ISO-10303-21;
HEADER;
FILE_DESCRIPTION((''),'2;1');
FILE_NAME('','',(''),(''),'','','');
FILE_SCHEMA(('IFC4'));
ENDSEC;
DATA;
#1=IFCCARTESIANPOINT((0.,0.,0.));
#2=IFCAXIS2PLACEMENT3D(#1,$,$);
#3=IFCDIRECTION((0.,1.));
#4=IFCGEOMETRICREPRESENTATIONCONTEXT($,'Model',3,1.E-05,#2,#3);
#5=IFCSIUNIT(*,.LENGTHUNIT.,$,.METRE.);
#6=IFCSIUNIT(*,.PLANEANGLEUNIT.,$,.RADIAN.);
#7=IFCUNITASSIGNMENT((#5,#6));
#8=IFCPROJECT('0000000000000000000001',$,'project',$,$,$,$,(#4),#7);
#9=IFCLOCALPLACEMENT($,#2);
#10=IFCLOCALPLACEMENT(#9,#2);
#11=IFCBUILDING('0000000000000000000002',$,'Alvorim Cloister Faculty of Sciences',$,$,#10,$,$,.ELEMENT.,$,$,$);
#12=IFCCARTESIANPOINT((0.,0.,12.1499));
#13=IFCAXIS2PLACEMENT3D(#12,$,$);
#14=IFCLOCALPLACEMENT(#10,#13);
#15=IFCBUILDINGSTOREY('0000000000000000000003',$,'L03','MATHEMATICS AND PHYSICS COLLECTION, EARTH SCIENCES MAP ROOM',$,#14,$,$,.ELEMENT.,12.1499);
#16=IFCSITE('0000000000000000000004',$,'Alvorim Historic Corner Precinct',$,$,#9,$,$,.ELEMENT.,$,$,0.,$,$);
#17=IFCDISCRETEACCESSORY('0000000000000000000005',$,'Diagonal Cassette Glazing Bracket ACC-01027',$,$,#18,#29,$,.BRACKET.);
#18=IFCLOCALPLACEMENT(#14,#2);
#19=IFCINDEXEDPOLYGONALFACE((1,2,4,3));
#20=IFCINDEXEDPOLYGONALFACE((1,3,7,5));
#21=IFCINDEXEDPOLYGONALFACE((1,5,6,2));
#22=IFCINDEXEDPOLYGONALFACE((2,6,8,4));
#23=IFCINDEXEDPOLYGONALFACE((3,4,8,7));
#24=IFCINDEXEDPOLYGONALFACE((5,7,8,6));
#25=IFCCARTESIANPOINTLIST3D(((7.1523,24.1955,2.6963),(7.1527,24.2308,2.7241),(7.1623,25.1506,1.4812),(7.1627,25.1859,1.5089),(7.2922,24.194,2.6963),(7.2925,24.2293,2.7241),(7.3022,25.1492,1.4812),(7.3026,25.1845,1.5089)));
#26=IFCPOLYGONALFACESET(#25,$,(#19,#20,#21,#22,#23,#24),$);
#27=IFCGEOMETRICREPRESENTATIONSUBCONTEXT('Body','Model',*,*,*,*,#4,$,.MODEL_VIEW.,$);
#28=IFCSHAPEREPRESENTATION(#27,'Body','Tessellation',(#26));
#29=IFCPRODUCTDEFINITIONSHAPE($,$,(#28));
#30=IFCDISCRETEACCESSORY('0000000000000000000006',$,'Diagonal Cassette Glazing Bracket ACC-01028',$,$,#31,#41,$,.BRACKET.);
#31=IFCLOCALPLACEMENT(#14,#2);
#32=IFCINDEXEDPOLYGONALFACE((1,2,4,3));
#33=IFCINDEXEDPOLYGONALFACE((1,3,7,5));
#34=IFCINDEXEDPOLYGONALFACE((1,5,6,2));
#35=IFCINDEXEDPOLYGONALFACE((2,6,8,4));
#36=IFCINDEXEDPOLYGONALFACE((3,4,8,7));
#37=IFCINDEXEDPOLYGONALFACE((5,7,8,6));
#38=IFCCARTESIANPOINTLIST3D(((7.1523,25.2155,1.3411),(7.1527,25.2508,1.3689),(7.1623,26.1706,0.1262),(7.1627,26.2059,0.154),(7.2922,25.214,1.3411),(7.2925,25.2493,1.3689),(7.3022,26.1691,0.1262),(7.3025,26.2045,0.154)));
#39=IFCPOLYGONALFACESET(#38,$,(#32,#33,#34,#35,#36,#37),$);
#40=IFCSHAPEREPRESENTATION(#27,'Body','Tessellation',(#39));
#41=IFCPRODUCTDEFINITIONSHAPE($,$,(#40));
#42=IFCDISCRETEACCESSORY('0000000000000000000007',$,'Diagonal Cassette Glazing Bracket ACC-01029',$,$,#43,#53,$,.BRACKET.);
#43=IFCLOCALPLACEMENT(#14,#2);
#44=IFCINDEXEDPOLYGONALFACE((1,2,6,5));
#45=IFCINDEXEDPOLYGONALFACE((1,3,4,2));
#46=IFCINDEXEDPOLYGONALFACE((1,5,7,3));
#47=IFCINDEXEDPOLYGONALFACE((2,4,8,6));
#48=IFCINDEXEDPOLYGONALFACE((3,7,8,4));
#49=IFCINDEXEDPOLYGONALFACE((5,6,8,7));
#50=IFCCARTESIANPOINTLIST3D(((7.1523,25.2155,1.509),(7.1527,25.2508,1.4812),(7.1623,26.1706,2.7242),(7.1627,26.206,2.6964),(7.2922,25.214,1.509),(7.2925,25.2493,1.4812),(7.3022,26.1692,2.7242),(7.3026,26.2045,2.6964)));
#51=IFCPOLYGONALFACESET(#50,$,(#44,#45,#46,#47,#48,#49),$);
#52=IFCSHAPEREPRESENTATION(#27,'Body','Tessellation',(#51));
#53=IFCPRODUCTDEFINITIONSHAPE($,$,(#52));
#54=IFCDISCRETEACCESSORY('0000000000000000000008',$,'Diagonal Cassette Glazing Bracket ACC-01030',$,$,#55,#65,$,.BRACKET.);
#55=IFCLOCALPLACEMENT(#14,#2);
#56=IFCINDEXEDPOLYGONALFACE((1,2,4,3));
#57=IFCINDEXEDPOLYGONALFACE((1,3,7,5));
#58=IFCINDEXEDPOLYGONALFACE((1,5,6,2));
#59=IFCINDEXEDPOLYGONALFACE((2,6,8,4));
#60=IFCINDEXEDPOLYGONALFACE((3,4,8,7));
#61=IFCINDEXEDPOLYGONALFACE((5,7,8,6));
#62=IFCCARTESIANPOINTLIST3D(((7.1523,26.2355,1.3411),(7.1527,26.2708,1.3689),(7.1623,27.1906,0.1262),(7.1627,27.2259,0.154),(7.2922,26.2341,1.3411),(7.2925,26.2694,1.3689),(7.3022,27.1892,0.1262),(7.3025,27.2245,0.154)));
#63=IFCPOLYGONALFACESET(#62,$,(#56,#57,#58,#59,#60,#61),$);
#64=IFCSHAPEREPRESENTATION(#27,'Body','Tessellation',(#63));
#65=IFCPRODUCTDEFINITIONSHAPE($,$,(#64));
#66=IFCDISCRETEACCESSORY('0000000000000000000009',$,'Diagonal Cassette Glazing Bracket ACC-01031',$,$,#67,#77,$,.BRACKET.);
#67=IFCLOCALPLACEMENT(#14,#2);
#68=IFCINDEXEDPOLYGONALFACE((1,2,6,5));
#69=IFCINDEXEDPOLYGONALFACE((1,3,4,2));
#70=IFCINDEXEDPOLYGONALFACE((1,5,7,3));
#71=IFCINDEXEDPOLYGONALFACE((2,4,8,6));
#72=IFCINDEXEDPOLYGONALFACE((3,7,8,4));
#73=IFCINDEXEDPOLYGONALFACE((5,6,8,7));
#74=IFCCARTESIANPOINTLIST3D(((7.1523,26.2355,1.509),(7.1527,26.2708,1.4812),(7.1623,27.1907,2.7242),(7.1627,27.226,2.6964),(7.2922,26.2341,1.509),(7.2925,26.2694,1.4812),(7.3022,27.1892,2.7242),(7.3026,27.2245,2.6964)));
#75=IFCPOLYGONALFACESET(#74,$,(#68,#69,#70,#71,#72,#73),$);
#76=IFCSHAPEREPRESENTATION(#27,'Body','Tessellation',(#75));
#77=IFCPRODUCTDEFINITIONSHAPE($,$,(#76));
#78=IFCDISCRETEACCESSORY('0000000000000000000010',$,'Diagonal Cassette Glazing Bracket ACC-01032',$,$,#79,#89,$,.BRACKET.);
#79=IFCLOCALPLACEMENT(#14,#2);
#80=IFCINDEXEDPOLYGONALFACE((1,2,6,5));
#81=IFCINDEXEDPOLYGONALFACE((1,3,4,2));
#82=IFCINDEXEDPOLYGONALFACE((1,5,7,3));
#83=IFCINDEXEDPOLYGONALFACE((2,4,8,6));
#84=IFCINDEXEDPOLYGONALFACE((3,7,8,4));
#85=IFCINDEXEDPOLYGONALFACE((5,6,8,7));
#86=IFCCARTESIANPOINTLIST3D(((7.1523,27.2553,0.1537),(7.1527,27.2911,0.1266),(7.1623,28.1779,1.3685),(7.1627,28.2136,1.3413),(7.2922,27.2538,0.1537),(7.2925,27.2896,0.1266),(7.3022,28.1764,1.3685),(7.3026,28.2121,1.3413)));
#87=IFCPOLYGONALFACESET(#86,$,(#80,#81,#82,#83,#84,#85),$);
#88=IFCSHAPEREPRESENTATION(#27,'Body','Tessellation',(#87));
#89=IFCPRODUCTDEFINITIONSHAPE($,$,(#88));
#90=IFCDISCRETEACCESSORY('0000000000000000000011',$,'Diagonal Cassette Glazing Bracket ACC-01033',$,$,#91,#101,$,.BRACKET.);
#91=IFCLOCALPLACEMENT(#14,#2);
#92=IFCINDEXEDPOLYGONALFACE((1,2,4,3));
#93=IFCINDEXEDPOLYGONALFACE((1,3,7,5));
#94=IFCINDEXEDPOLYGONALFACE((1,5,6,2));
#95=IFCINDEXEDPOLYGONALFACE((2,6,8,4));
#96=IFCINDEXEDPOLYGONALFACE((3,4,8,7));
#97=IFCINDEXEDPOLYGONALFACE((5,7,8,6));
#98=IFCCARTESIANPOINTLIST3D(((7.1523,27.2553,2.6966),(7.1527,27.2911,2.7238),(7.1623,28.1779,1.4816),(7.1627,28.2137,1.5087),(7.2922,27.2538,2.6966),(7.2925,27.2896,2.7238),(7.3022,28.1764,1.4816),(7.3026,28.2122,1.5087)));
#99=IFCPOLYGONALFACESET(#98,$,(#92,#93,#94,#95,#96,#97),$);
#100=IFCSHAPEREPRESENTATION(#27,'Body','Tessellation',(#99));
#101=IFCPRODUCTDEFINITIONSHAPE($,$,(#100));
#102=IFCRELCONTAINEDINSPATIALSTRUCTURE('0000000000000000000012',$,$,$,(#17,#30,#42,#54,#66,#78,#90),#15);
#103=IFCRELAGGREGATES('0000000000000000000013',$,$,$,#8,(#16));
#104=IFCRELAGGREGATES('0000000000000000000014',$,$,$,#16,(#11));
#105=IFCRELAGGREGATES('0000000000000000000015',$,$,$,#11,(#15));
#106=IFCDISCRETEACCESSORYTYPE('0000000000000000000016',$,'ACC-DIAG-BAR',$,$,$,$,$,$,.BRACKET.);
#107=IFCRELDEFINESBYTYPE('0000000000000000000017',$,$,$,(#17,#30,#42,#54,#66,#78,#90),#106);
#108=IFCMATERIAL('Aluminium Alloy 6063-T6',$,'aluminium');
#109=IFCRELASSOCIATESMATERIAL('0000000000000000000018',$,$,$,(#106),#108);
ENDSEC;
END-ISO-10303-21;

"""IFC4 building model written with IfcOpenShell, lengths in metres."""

from ifc_helpers import new_model, si_unit, direction, frame, origin, origin_2d, place, context, subcontext, project, spatial, rectangle, extrude, material, type_object, element, save


model = new_model("IFC4")

# Units and contexts
model_context = context("Model", 3, precision=1e-05, world=origin(), true_north=direction((0.0, 1.0)))
body_context = subcontext(model_context, "Body", "Model", "MODEL_VIEW")
ifc_project = project(units=[si_unit("LENGTHUNIT", "METRE"), si_unit("PLANEANGLEUNIT", "RADIAN")], contexts=[model_context])

# Site, building, storey
site_placement = place(None, origin())
site = spatial("IfcSite", under=ifc_project, at=site_placement, Name="Alvorim Historic Corner Precinct", CompositionType="ELEMENT", RefElevation=0.0)
building_placement = place(site_placement, origin())
building = spatial("IfcBuilding", under=site, at=building_placement, Name="Alvorim Cloister Faculty of Sciences", CompositionType="ELEMENT")
storey_placement = place(building_placement, frame((0.0, 0.0, 12.1499)))
storey = spatial("IfcBuildingStorey", under=building, at=storey_placement, Name="L03", Description="MATHEMATICS AND PHYSICS COLLECTION, EARTH SCIENCES MAP ROOM", CompositionType="ELEMENT", Elevation=12.1499)

# Shared definitions
ifc_material_1 = material(Name="Aluminium Alloy 6063-T6", Category="aluminium")

# Discrete accessories
discrete_accessory_type = type_object("IfcDiscreteAccessoryType", Name="ACC-DIAG-BAR", PredefinedType="BRACKET", material=ifc_material_1)
discrete_accessory_1_placement = place(storey_placement, frame((7.2224, 24.2124, 2.7102), z_axis=(0.006477, 0.617955, -0.786187), x_axis=(-0.999945, 0.01048, 0.0)))
element("IfcDiscreteAccessory", 1, at=discrete_accessory_1_placement, inside=storey, type_object=discrete_accessory_type, Name="Diagonal Cassette Glazing Bracket ACC-01027", PredefinedType="BRACKET", context=body_context, shape_type="SweptSolid", body=[
    extrude(rectangle(XDim=0.1399, YDim=0.0449, at=origin_2d()), origin(), (0.0, 0.0, 1.0), 1.5457),
])
discrete_accessory_2_placement = place(storey_placement, frame((7.2224, 25.2324, 1.355), z_axis=(0.006477, 0.618032, -0.786126), x_axis=(-0.999945, 0.01048, 0.0)))
element("IfcDiscreteAccessory", 2, at=discrete_accessory_2_placement, inside=storey, type_object=discrete_accessory_type, Name="Diagonal Cassette Glazing Bracket ACC-01028", PredefinedType="BRACKET", context=body_context, shape_type="SweptSolid", body=[
    extrude(rectangle(XDim=0.1399, YDim=0.0449, at=origin_2d()), origin(), (0.0, 0.0, 1.0), 1.5454),
])
discrete_accessory_3_placement = place(storey_placement, frame((7.2224, 25.2324, 1.4951), z_axis=(0.006477, 0.617955, 0.786187), x_axis=(-0.999945, 0.01048, 0.0)))
element("IfcDiscreteAccessory", 3, at=discrete_accessory_3_placement, inside=storey, type_object=discrete_accessory_type, Name="Diagonal Cassette Glazing Bracket ACC-01029", PredefinedType="BRACKET", context=body_context, shape_type="SweptSolid", body=[
    extrude(rectangle(XDim=0.1399, YDim=0.0449, at=origin_2d()), origin(), (0.0, 0.0, 1.0), 1.5457),
])
discrete_accessory_4_placement = place(storey_placement, frame((7.2224, 26.2524, 1.355), z_axis=(0.006477, 0.618032, -0.786126), x_axis=(-0.999945, 0.01048, 0.0)))
element("IfcDiscreteAccessory", 4, at=discrete_accessory_4_placement, inside=storey, type_object=discrete_accessory_type, Name="Diagonal Cassette Glazing Bracket ACC-01030", PredefinedType="BRACKET", context=body_context, shape_type="SweptSolid", body=[
    extrude(rectangle(XDim=0.1399, YDim=0.0449, at=origin_2d()), origin(), (0.0, 0.0, 1.0), 1.5454),
])
discrete_accessory_5_placement = place(storey_placement, frame((7.2224, 26.2524, 1.4951), z_axis=(0.006477, 0.617955, 0.786187), x_axis=(-0.999945, 0.01048, 0.0)))
element("IfcDiscreteAccessory", 5, at=discrete_accessory_5_placement, inside=storey, type_object=discrete_accessory_type, Name="Diagonal Cassette Glazing Bracket ACC-01031", PredefinedType="BRACKET", context=body_context, shape_type="SweptSolid", body=[
    extrude(rectangle(XDim=0.1399, YDim=0.0449, at=origin_2d()), origin(), (0.0, 0.0, 1.0), 1.5457),
])
discrete_accessory_6_placement = place(storey_placement, frame((7.2224, 27.2725, 0.1401), z_axis=(0.006562, 0.60479, 0.796358), x_axis=(-0.999941, 0.010849, 0.0)))
element("IfcDiscreteAccessory", 6, at=discrete_accessory_6_placement, inside=storey, type_object=discrete_accessory_type, Name="Diagonal Cassette Glazing Bracket ACC-01032", PredefinedType="BRACKET", context=body_context, shape_type="SweptSolid", body=[
    extrude(rectangle(XDim=0.1399, YDim=0.0449, at=origin_2d()), origin(), (0.0, 0.0, 1.0), 1.5254),
])
discrete_accessory_7_placement = place(storey_placement, frame((7.2224, 27.2725, 2.7102), z_axis=(0.006561, 0.604713, -0.796416), x_axis=(-0.999941, 0.010849, 0.0)))
element("IfcDiscreteAccessory", 7, at=discrete_accessory_7_placement, inside=storey, type_object=discrete_accessory_type, Name="Diagonal Cassette Glazing Bracket ACC-01033", PredefinedType="BRACKET", context=body_context, shape_type="SweptSolid", body=[
    extrude(rectangle(XDim=0.1399, YDim=0.0449, at=origin_2d()), origin(), (0.0, 0.0, 1.0), 1.5256),
])

save(model, "model.ifc")
